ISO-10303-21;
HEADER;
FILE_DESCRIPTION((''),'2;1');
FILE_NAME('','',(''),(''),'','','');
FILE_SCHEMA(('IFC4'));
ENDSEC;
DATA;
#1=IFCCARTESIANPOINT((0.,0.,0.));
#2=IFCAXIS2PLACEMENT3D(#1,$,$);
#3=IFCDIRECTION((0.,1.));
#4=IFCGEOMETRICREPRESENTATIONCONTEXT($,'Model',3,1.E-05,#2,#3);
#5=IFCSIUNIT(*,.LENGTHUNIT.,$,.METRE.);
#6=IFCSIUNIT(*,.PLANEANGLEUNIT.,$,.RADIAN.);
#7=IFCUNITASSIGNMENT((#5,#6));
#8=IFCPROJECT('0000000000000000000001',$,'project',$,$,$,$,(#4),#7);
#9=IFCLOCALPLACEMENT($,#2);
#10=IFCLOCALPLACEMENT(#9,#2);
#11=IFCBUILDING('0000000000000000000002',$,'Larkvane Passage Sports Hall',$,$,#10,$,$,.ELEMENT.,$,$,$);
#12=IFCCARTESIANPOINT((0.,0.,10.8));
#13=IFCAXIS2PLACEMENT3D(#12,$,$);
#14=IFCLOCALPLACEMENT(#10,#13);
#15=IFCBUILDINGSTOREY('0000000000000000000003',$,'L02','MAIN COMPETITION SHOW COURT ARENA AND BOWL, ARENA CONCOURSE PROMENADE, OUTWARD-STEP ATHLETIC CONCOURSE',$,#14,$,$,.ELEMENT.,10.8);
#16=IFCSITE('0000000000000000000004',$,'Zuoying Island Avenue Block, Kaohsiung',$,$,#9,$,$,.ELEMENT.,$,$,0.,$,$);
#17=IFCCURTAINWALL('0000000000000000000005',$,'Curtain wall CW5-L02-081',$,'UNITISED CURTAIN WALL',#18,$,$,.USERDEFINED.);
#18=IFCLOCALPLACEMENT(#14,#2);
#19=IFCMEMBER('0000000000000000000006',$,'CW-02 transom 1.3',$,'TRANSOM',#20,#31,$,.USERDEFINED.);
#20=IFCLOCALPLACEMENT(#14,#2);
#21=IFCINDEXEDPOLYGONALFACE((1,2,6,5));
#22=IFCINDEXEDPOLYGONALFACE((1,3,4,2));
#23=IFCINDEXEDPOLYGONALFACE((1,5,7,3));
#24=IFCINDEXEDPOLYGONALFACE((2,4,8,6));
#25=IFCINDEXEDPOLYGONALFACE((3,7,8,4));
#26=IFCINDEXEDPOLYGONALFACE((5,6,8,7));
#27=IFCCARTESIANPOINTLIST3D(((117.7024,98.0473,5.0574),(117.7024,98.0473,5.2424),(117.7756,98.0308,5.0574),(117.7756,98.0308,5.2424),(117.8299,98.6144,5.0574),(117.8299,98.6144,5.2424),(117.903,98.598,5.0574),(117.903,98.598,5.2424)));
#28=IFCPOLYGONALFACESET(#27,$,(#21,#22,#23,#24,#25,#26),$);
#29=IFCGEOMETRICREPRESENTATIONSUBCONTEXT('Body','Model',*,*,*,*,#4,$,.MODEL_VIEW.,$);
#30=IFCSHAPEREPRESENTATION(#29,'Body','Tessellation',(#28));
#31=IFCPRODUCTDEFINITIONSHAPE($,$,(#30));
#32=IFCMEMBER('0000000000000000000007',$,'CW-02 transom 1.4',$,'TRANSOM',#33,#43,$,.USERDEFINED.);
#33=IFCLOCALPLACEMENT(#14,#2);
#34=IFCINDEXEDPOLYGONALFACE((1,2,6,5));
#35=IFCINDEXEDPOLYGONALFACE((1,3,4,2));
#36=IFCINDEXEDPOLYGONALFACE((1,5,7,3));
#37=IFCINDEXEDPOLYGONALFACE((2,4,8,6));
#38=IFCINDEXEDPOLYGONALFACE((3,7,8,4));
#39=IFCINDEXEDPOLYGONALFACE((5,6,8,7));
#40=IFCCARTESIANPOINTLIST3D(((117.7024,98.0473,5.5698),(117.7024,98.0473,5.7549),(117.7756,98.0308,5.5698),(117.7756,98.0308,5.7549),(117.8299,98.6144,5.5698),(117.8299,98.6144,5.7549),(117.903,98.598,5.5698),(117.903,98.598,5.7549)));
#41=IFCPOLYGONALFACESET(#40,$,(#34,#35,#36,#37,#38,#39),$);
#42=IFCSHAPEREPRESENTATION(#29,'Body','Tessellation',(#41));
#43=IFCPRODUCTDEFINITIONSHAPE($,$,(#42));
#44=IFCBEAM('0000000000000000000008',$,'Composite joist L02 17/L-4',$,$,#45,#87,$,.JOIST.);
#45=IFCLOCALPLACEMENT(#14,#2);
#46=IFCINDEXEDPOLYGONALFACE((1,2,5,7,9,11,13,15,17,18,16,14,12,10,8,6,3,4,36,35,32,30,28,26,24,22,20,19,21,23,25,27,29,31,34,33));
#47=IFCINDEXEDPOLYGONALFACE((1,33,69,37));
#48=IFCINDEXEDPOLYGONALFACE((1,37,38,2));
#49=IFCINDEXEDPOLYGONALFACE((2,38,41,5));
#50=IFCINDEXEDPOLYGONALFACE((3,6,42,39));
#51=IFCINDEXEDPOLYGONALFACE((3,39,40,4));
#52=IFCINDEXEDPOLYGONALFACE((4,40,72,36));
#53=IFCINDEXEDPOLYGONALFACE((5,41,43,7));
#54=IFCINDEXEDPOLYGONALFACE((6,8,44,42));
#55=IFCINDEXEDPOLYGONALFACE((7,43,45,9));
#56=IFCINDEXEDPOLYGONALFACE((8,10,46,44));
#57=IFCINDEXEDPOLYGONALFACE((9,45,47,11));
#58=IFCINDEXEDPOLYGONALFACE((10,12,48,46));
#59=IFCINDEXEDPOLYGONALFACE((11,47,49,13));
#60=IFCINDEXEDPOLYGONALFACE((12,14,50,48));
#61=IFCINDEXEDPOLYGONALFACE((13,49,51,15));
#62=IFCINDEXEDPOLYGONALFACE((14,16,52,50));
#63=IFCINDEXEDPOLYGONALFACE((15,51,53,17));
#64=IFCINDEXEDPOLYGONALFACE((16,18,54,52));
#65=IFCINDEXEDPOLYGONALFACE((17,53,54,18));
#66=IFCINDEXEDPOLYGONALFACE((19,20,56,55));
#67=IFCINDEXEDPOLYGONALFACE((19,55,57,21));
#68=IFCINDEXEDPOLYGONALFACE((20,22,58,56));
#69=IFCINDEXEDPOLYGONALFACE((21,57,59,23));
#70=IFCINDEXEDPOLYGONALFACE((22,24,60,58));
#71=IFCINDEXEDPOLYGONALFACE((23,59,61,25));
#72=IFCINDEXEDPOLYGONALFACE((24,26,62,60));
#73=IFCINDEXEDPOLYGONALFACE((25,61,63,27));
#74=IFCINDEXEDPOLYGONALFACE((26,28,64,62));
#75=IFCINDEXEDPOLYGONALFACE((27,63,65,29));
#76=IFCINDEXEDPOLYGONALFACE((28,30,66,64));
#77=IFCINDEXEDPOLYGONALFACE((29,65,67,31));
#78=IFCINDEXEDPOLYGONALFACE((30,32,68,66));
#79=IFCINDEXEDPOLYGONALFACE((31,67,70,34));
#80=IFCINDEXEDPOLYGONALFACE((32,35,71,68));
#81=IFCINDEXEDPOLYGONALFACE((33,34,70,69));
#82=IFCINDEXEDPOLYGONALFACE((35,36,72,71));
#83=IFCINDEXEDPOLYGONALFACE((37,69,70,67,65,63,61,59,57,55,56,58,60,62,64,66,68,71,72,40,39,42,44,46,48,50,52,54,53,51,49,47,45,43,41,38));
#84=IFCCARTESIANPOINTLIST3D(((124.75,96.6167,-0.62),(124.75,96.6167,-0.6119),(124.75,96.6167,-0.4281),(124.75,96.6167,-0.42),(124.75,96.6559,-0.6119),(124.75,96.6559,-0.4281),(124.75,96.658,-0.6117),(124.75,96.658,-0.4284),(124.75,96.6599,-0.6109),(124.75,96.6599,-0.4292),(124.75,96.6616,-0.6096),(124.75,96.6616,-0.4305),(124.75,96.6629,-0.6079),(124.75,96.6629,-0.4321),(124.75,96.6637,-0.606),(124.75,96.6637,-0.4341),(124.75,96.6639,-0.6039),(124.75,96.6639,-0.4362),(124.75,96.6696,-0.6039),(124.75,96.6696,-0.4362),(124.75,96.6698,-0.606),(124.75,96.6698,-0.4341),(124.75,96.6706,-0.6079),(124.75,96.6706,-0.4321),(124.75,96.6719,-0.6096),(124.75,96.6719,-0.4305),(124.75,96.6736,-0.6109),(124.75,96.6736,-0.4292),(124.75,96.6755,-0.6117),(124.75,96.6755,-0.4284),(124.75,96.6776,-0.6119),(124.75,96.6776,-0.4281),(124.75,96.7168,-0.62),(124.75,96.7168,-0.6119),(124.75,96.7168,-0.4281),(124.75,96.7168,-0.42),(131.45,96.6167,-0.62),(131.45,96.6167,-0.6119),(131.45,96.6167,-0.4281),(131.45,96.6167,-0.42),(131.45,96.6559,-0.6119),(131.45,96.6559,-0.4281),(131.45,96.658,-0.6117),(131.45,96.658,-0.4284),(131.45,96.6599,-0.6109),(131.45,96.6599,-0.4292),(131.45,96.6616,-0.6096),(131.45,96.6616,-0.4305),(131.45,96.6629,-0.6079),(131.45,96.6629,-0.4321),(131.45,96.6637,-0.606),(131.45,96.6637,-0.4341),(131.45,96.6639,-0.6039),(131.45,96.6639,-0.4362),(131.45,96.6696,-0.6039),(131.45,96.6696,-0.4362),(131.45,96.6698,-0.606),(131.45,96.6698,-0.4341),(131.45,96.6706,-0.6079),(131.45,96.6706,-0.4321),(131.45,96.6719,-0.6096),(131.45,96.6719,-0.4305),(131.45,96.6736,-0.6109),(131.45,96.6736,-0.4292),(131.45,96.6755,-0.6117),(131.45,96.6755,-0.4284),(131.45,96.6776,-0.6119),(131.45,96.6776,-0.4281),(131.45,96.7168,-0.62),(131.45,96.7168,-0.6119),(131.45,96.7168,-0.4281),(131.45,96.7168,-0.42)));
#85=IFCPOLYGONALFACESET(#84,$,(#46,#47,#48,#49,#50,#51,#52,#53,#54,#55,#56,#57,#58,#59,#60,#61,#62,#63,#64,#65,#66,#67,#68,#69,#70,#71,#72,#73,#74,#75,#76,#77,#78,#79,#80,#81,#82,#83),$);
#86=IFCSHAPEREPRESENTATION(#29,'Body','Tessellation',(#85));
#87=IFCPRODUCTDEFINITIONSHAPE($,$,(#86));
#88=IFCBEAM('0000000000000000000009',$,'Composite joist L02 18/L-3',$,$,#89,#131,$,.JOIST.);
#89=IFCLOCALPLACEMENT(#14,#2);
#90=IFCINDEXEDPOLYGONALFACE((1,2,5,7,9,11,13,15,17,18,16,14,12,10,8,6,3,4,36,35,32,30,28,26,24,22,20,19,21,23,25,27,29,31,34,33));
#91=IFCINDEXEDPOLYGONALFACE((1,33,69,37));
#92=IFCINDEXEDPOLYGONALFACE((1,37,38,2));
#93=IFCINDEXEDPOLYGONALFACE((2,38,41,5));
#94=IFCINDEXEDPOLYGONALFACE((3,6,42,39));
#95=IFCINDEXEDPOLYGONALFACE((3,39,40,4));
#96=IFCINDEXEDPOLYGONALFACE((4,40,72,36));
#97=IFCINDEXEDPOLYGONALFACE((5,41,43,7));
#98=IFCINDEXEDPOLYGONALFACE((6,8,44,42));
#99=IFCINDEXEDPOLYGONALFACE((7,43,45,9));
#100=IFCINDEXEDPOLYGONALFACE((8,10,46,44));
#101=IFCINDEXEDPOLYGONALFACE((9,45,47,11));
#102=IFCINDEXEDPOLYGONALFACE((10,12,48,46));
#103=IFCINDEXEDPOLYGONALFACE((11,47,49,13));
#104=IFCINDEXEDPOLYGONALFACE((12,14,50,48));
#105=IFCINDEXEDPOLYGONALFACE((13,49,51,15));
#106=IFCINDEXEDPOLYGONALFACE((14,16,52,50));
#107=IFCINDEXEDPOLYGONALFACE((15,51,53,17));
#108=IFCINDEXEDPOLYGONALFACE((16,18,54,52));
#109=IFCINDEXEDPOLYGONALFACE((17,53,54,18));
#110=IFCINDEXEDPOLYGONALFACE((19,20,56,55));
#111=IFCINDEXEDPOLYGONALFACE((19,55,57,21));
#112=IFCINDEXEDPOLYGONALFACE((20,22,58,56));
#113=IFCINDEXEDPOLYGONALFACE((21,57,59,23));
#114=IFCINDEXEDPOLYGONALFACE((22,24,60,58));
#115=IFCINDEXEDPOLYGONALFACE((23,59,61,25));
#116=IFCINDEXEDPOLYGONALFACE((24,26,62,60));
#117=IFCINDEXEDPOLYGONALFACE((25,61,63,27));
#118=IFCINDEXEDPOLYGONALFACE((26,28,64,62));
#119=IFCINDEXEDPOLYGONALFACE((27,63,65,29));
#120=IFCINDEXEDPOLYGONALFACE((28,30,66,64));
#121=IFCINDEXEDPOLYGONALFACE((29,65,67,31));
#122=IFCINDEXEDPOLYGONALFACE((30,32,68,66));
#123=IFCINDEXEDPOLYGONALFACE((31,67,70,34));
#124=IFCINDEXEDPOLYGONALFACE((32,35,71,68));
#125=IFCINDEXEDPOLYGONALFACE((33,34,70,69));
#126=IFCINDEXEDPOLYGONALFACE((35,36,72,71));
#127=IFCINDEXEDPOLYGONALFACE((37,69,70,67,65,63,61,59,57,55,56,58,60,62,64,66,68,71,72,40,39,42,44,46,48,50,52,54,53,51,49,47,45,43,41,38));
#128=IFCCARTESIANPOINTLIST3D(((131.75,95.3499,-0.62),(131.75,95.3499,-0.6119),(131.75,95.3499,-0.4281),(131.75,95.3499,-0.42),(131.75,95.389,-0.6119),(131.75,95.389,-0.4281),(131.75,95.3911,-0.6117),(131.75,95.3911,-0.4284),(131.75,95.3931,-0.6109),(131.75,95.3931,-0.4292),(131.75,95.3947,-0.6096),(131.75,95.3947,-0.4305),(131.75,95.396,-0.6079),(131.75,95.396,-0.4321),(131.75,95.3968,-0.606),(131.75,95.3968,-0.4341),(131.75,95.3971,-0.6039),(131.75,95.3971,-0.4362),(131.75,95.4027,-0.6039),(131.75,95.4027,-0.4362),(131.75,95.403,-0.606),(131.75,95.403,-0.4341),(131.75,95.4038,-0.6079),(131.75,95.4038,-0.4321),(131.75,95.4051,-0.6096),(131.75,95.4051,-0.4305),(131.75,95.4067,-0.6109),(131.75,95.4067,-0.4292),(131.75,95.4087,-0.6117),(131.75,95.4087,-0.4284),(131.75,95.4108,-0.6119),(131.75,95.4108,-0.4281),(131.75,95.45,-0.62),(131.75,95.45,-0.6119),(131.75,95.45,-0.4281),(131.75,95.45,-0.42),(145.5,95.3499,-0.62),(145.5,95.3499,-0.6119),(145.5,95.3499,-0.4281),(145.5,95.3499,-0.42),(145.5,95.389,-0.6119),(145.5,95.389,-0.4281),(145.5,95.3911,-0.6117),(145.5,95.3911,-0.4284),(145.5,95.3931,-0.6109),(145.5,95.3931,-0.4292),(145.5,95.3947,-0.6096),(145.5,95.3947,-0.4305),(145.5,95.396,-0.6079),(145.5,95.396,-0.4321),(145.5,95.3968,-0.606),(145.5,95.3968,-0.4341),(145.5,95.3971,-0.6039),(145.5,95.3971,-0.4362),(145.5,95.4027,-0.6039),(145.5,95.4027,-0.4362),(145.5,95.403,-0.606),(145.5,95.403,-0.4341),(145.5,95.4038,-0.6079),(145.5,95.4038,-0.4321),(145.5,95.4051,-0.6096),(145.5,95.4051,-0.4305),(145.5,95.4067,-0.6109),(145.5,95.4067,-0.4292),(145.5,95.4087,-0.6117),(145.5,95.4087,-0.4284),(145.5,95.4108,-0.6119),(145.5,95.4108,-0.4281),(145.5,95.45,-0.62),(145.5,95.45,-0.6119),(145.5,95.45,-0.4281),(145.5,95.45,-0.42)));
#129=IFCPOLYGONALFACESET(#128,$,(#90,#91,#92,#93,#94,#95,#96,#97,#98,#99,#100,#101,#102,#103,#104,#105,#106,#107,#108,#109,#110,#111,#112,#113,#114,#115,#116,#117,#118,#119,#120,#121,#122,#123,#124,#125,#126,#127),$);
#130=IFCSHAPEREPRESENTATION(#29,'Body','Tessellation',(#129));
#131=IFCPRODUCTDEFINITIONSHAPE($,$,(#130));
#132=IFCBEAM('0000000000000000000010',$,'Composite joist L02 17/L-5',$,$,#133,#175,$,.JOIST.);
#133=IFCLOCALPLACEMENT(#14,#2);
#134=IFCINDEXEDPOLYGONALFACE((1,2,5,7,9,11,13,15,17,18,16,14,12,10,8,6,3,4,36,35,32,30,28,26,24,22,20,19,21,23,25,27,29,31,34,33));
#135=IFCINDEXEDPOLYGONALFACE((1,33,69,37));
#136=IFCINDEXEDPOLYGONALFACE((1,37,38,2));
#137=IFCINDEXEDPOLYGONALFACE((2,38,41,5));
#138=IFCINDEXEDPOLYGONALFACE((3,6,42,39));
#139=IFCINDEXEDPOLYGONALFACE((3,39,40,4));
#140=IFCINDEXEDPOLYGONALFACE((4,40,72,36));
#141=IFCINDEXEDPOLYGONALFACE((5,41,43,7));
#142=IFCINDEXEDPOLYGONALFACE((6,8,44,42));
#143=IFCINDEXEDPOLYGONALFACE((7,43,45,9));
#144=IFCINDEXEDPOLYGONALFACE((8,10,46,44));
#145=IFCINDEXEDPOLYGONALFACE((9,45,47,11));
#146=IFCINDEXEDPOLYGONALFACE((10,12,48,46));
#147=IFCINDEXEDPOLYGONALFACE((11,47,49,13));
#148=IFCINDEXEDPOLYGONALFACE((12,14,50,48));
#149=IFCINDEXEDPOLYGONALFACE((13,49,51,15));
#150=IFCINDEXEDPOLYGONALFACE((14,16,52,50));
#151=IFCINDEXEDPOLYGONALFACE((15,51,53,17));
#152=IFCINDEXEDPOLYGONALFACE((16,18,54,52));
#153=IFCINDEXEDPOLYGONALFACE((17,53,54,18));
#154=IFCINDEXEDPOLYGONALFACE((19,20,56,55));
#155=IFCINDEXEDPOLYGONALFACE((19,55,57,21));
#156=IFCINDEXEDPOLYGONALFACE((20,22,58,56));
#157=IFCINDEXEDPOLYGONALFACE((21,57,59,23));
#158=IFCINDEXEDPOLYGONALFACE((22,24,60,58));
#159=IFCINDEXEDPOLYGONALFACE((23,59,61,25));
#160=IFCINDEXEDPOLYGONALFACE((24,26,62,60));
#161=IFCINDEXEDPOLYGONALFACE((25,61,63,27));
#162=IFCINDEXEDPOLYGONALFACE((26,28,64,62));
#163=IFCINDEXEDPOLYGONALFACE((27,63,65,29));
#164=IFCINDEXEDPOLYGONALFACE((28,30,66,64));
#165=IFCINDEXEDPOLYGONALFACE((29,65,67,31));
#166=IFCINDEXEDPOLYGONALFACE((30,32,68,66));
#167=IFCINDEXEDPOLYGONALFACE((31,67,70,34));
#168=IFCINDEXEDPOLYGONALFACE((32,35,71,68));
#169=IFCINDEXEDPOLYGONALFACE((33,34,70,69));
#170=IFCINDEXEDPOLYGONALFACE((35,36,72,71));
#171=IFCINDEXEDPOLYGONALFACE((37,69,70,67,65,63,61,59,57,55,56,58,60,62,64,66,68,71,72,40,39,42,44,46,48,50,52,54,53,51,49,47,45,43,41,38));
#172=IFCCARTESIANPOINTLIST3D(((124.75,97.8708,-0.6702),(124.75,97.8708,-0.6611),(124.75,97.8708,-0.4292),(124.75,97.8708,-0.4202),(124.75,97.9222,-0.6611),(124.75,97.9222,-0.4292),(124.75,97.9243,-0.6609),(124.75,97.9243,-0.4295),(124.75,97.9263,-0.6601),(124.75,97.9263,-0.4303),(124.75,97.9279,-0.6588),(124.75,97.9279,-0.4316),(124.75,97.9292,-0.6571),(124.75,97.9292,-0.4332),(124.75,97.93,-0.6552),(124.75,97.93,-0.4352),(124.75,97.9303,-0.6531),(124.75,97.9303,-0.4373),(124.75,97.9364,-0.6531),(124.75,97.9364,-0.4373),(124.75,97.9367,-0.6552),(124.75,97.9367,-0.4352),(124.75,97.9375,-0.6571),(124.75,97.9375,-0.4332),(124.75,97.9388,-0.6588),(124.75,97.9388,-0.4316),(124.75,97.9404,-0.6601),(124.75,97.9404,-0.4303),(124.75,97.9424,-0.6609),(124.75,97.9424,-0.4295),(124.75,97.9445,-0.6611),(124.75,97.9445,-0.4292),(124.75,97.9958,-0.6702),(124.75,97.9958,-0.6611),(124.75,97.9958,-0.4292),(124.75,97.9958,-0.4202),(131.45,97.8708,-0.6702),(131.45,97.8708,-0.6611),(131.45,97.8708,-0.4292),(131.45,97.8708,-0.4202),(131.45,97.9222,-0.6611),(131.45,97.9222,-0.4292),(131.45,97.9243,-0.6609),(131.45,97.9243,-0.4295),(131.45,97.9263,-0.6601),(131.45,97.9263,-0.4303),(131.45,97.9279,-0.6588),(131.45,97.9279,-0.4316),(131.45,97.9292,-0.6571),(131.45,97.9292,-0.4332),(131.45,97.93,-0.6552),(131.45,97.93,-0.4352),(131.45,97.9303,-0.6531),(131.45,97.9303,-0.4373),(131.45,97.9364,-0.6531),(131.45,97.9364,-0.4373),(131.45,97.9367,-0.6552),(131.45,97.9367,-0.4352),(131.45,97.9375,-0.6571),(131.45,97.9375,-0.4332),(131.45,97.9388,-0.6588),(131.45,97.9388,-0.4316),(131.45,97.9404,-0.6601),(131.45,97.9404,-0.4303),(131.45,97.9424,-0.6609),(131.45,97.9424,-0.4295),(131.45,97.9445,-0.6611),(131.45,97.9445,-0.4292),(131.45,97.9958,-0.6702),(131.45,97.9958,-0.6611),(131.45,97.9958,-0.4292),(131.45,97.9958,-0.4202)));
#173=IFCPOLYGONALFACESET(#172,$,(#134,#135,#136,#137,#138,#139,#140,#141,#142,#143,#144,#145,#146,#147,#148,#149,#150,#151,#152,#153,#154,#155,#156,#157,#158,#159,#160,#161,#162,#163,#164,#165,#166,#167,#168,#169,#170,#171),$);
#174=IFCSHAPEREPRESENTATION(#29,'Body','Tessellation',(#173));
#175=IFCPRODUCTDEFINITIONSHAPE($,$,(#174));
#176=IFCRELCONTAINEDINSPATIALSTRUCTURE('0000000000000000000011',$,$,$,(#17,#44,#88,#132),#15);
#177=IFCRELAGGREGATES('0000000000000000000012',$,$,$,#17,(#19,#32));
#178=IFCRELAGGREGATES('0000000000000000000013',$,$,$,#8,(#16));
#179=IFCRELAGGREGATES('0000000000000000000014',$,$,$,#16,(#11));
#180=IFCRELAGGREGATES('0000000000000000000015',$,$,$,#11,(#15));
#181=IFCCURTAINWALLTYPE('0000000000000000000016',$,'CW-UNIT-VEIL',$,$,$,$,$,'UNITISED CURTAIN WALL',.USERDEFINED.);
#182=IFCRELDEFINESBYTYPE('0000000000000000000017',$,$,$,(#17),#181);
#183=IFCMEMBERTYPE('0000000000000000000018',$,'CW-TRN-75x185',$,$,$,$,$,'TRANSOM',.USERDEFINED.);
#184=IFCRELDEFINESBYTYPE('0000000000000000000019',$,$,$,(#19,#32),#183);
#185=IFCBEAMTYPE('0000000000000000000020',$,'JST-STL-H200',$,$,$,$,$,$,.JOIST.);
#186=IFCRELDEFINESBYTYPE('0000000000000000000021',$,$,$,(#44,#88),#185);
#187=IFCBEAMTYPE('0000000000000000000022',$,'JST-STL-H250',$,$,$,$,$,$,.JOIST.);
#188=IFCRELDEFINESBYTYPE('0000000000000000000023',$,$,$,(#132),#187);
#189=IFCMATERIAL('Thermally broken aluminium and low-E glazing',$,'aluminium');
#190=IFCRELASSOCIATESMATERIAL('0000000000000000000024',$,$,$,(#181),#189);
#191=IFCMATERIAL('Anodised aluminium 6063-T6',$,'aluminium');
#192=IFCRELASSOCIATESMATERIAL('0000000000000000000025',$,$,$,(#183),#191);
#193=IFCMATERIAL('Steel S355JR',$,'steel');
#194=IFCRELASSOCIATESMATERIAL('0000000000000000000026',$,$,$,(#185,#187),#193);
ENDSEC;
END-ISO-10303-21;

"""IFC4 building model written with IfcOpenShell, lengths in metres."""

from ifc_helpers import new_model, si_unit, direction, frame, origin, origin_2d, place, context, subcontext, project, spatial, rectangle, i_section, extrude, material, material_profile, profile_set, type_object, element, aggregate, save


model = new_model("IFC4")

# Units and contexts
model_context = context("Model", 3, precision=1e-05, world=origin(), true_north=direction((0.0, 1.0)))
body_context = subcontext(model_context, "Body", "Model", "MODEL_VIEW")
ifc_project = project(units=[si_unit("LENGTHUNIT", "METRE"), si_unit("PLANEANGLEUNIT", "RADIAN")], contexts=[model_context])

# Site, building, storey
site_placement = place(None, origin())
site = spatial("IfcSite", under=ifc_project, at=site_placement, Name="Zuoying Island Avenue Block, Kaohsiung", CompositionType="ELEMENT", RefElevation=0.0)
building_placement = place(site_placement, origin())
building = spatial("IfcBuilding", under=site, at=building_placement, Name="Larkvane Passage Sports Hall", CompositionType="ELEMENT")
storey_placement = place(building_placement, frame((0.0, 0.0, 10.8)))
storey = spatial("IfcBuildingStorey", under=building, at=storey_placement, Name="L02", Description="MAIN COMPETITION SHOW COURT ARENA AND BOWL, ARENA CONCOURSE PROMENADE, OUTWARD-STEP ATHLETIC CONCOURSE", CompositionType="ELEMENT", Elevation=10.8)

# Shared definitions
ifc_material_1 = material(Name="Steel S355JR", Category="steel")

# Curtain wall, members
ifc_material_2 = material(Name="Thermally broken aluminium and low-E glazing", Category="aluminium")
curtain_wall_type = type_object("IfcCurtainWallType", Name="CW-UNIT-VEIL", ElementType="UNITISED CURTAIN WALL", PredefinedType="USERDEFINED", material=ifc_material_2)
curtain_wall_placement = place(storey_placement, origin())
curtain_wall = element("IfcCurtainWall", 1, at=curtain_wall_placement, inside=storey, type_object=curtain_wall_type, Name="Curtain wall CW5-L02-081", ObjectType="UNITISED CURTAIN WALL", PredefinedType="USERDEFINED")
ifc_material_3 = material(Name="Anodised aluminium 6063-T6", Category="aluminium")
ifc_material_profile_1 = material_profile(ifc_material_3, rectangle(XDim=0.075, YDim=0.1851, at=origin_2d()), Name="ALU-TRN-75x185")
ifc_profile_set_1 = profile_set([ifc_material_profile_1], Name="Anodised aluminium 6063-T6")
member_type_1 = type_object("IfcMemberType", Name="CW-TRN-75x185", ElementType="TRANSOM", PredefinedType="USERDEFINED", material=ifc_profile_set_1)
member_1_placement = place(storey_placement, frame((117.8665, 98.6062, 5.1499), z_axis=(-0.219242, -0.97567, 0.0), x_axis=(0.97567, -0.219242, 0.0)))
member_1 = element("IfcMember", 2, at=member_1_placement, type_object=member_type_1, Name="CW-02 transom 1.3", ObjectType="TRANSOM", PredefinedType="USERDEFINED", context=body_context, shape_type="SweptSolid", body=[
    extrude(rectangle(XDim=0.075, YDim=0.1851, at=origin_2d()), origin(), (0.0, 0.0, 1.0), 0.5813),
])
member_2_placement = place(storey_placement, frame((117.8665, 98.6062, 5.6624), z_axis=(-0.219242, -0.97567, 0.0), x_axis=(0.97567, -0.219242, 0.0)))
member_2 = element("IfcMember", 3, at=member_2_placement, type_object=member_type_1, Name="CW-02 transom 1.4", ObjectType="TRANSOM", PredefinedType="USERDEFINED", context=body_context, shape_type="SweptSolid", body=[
    extrude(rectangle(XDim=0.075, YDim=0.1851, at=origin_2d()), origin(), (0.0, 0.0, 1.0), 0.5813),
])

# Beams
ifc_material_profile_2 = material_profile(ifc_material_1, i_section(OverallWidth=0.1001, OverallDepth=0.2, WebThickness=0.0056, FlangeThickness=0.0081, FilletRadius=0.0081, at=origin_2d()), Name="H-200x100x5.5x8")
ifc_profile_set_2 = profile_set([ifc_material_profile_2], Name="Steel S355JR")
beam_type_1 = type_object("IfcBeamType", Name="JST-STL-H200", PredefinedType="JOIST", material=ifc_profile_set_2)
beam_1_placement = place(storey_placement, frame((124.75, 96.6667, -0.52), z_axis=(1.0, 0.0, 0.0), x_axis=(0.0, 1.0, 0.0)))
element("IfcBeam", 4, at=beam_1_placement, inside=storey, type_object=beam_type_1, Name="Composite joist L02 17/L-4", PredefinedType="JOIST", context=body_context, shape_type="SweptSolid", body=[
    extrude(i_section(OverallWidth=0.1001, OverallDepth=0.2, WebThickness=0.0056, FlangeThickness=0.0081, FilletRadius=0.0081, at=origin_2d()), origin(), (0.0, 0.0, 1.0), 6.7),
])
beam_2_placement = place(storey_placement, frame((131.75, 95.3999, -0.52), z_axis=(1.0, 0.0, 0.0), x_axis=(0.0, 1.0, 0.0)))
element("IfcBeam", 5, at=beam_2_placement, inside=storey, type_object=beam_type_1, Name="Composite joist L02 18/L-3", PredefinedType="JOIST", context=body_context, shape_type="SweptSolid", body=[
    extrude(i_section(OverallWidth=0.1001, OverallDepth=0.2, WebThickness=0.0056, FlangeThickness=0.0081, FilletRadius=0.0081, at=origin_2d()), origin(), (0.0, 0.0, 1.0), 13.75),
])
ifc_material_profile_3 = material_profile(ifc_material_1, i_section(OverallWidth=0.125, OverallDepth=0.25, WebThickness=0.0061, FlangeThickness=0.009, FilletRadius=0.0081, at=origin_2d()), Name="H-250x125x6x9")
ifc_profile_set_3 = profile_set([ifc_material_profile_3], Name="Steel S355JR")
beam_type_2 = type_object("IfcBeamType", Name="JST-STL-H250", PredefinedType="JOIST", material=ifc_profile_set_3)
beam_3_placement = place(storey_placement, frame((124.75, 97.9333, -0.5452), z_axis=(1.0, 0.0, 0.0), x_axis=(0.0, 1.0, 0.0)))
element("IfcBeam", 6, at=beam_3_placement, inside=storey, type_object=beam_type_2, Name="Composite joist L02 17/L-5", PredefinedType="JOIST", context=body_context, shape_type="SweptSolid", body=[
    extrude(i_section(OverallWidth=0.125, OverallDepth=0.25, WebThickness=0.0061, FlangeThickness=0.009, FilletRadius=0.0081, at=origin_2d()), origin(), (0.0, 0.0, 1.0), 6.7),
])

aggregate(curtain_wall, [member_1, member_2])

save(model, "model.ifc")
